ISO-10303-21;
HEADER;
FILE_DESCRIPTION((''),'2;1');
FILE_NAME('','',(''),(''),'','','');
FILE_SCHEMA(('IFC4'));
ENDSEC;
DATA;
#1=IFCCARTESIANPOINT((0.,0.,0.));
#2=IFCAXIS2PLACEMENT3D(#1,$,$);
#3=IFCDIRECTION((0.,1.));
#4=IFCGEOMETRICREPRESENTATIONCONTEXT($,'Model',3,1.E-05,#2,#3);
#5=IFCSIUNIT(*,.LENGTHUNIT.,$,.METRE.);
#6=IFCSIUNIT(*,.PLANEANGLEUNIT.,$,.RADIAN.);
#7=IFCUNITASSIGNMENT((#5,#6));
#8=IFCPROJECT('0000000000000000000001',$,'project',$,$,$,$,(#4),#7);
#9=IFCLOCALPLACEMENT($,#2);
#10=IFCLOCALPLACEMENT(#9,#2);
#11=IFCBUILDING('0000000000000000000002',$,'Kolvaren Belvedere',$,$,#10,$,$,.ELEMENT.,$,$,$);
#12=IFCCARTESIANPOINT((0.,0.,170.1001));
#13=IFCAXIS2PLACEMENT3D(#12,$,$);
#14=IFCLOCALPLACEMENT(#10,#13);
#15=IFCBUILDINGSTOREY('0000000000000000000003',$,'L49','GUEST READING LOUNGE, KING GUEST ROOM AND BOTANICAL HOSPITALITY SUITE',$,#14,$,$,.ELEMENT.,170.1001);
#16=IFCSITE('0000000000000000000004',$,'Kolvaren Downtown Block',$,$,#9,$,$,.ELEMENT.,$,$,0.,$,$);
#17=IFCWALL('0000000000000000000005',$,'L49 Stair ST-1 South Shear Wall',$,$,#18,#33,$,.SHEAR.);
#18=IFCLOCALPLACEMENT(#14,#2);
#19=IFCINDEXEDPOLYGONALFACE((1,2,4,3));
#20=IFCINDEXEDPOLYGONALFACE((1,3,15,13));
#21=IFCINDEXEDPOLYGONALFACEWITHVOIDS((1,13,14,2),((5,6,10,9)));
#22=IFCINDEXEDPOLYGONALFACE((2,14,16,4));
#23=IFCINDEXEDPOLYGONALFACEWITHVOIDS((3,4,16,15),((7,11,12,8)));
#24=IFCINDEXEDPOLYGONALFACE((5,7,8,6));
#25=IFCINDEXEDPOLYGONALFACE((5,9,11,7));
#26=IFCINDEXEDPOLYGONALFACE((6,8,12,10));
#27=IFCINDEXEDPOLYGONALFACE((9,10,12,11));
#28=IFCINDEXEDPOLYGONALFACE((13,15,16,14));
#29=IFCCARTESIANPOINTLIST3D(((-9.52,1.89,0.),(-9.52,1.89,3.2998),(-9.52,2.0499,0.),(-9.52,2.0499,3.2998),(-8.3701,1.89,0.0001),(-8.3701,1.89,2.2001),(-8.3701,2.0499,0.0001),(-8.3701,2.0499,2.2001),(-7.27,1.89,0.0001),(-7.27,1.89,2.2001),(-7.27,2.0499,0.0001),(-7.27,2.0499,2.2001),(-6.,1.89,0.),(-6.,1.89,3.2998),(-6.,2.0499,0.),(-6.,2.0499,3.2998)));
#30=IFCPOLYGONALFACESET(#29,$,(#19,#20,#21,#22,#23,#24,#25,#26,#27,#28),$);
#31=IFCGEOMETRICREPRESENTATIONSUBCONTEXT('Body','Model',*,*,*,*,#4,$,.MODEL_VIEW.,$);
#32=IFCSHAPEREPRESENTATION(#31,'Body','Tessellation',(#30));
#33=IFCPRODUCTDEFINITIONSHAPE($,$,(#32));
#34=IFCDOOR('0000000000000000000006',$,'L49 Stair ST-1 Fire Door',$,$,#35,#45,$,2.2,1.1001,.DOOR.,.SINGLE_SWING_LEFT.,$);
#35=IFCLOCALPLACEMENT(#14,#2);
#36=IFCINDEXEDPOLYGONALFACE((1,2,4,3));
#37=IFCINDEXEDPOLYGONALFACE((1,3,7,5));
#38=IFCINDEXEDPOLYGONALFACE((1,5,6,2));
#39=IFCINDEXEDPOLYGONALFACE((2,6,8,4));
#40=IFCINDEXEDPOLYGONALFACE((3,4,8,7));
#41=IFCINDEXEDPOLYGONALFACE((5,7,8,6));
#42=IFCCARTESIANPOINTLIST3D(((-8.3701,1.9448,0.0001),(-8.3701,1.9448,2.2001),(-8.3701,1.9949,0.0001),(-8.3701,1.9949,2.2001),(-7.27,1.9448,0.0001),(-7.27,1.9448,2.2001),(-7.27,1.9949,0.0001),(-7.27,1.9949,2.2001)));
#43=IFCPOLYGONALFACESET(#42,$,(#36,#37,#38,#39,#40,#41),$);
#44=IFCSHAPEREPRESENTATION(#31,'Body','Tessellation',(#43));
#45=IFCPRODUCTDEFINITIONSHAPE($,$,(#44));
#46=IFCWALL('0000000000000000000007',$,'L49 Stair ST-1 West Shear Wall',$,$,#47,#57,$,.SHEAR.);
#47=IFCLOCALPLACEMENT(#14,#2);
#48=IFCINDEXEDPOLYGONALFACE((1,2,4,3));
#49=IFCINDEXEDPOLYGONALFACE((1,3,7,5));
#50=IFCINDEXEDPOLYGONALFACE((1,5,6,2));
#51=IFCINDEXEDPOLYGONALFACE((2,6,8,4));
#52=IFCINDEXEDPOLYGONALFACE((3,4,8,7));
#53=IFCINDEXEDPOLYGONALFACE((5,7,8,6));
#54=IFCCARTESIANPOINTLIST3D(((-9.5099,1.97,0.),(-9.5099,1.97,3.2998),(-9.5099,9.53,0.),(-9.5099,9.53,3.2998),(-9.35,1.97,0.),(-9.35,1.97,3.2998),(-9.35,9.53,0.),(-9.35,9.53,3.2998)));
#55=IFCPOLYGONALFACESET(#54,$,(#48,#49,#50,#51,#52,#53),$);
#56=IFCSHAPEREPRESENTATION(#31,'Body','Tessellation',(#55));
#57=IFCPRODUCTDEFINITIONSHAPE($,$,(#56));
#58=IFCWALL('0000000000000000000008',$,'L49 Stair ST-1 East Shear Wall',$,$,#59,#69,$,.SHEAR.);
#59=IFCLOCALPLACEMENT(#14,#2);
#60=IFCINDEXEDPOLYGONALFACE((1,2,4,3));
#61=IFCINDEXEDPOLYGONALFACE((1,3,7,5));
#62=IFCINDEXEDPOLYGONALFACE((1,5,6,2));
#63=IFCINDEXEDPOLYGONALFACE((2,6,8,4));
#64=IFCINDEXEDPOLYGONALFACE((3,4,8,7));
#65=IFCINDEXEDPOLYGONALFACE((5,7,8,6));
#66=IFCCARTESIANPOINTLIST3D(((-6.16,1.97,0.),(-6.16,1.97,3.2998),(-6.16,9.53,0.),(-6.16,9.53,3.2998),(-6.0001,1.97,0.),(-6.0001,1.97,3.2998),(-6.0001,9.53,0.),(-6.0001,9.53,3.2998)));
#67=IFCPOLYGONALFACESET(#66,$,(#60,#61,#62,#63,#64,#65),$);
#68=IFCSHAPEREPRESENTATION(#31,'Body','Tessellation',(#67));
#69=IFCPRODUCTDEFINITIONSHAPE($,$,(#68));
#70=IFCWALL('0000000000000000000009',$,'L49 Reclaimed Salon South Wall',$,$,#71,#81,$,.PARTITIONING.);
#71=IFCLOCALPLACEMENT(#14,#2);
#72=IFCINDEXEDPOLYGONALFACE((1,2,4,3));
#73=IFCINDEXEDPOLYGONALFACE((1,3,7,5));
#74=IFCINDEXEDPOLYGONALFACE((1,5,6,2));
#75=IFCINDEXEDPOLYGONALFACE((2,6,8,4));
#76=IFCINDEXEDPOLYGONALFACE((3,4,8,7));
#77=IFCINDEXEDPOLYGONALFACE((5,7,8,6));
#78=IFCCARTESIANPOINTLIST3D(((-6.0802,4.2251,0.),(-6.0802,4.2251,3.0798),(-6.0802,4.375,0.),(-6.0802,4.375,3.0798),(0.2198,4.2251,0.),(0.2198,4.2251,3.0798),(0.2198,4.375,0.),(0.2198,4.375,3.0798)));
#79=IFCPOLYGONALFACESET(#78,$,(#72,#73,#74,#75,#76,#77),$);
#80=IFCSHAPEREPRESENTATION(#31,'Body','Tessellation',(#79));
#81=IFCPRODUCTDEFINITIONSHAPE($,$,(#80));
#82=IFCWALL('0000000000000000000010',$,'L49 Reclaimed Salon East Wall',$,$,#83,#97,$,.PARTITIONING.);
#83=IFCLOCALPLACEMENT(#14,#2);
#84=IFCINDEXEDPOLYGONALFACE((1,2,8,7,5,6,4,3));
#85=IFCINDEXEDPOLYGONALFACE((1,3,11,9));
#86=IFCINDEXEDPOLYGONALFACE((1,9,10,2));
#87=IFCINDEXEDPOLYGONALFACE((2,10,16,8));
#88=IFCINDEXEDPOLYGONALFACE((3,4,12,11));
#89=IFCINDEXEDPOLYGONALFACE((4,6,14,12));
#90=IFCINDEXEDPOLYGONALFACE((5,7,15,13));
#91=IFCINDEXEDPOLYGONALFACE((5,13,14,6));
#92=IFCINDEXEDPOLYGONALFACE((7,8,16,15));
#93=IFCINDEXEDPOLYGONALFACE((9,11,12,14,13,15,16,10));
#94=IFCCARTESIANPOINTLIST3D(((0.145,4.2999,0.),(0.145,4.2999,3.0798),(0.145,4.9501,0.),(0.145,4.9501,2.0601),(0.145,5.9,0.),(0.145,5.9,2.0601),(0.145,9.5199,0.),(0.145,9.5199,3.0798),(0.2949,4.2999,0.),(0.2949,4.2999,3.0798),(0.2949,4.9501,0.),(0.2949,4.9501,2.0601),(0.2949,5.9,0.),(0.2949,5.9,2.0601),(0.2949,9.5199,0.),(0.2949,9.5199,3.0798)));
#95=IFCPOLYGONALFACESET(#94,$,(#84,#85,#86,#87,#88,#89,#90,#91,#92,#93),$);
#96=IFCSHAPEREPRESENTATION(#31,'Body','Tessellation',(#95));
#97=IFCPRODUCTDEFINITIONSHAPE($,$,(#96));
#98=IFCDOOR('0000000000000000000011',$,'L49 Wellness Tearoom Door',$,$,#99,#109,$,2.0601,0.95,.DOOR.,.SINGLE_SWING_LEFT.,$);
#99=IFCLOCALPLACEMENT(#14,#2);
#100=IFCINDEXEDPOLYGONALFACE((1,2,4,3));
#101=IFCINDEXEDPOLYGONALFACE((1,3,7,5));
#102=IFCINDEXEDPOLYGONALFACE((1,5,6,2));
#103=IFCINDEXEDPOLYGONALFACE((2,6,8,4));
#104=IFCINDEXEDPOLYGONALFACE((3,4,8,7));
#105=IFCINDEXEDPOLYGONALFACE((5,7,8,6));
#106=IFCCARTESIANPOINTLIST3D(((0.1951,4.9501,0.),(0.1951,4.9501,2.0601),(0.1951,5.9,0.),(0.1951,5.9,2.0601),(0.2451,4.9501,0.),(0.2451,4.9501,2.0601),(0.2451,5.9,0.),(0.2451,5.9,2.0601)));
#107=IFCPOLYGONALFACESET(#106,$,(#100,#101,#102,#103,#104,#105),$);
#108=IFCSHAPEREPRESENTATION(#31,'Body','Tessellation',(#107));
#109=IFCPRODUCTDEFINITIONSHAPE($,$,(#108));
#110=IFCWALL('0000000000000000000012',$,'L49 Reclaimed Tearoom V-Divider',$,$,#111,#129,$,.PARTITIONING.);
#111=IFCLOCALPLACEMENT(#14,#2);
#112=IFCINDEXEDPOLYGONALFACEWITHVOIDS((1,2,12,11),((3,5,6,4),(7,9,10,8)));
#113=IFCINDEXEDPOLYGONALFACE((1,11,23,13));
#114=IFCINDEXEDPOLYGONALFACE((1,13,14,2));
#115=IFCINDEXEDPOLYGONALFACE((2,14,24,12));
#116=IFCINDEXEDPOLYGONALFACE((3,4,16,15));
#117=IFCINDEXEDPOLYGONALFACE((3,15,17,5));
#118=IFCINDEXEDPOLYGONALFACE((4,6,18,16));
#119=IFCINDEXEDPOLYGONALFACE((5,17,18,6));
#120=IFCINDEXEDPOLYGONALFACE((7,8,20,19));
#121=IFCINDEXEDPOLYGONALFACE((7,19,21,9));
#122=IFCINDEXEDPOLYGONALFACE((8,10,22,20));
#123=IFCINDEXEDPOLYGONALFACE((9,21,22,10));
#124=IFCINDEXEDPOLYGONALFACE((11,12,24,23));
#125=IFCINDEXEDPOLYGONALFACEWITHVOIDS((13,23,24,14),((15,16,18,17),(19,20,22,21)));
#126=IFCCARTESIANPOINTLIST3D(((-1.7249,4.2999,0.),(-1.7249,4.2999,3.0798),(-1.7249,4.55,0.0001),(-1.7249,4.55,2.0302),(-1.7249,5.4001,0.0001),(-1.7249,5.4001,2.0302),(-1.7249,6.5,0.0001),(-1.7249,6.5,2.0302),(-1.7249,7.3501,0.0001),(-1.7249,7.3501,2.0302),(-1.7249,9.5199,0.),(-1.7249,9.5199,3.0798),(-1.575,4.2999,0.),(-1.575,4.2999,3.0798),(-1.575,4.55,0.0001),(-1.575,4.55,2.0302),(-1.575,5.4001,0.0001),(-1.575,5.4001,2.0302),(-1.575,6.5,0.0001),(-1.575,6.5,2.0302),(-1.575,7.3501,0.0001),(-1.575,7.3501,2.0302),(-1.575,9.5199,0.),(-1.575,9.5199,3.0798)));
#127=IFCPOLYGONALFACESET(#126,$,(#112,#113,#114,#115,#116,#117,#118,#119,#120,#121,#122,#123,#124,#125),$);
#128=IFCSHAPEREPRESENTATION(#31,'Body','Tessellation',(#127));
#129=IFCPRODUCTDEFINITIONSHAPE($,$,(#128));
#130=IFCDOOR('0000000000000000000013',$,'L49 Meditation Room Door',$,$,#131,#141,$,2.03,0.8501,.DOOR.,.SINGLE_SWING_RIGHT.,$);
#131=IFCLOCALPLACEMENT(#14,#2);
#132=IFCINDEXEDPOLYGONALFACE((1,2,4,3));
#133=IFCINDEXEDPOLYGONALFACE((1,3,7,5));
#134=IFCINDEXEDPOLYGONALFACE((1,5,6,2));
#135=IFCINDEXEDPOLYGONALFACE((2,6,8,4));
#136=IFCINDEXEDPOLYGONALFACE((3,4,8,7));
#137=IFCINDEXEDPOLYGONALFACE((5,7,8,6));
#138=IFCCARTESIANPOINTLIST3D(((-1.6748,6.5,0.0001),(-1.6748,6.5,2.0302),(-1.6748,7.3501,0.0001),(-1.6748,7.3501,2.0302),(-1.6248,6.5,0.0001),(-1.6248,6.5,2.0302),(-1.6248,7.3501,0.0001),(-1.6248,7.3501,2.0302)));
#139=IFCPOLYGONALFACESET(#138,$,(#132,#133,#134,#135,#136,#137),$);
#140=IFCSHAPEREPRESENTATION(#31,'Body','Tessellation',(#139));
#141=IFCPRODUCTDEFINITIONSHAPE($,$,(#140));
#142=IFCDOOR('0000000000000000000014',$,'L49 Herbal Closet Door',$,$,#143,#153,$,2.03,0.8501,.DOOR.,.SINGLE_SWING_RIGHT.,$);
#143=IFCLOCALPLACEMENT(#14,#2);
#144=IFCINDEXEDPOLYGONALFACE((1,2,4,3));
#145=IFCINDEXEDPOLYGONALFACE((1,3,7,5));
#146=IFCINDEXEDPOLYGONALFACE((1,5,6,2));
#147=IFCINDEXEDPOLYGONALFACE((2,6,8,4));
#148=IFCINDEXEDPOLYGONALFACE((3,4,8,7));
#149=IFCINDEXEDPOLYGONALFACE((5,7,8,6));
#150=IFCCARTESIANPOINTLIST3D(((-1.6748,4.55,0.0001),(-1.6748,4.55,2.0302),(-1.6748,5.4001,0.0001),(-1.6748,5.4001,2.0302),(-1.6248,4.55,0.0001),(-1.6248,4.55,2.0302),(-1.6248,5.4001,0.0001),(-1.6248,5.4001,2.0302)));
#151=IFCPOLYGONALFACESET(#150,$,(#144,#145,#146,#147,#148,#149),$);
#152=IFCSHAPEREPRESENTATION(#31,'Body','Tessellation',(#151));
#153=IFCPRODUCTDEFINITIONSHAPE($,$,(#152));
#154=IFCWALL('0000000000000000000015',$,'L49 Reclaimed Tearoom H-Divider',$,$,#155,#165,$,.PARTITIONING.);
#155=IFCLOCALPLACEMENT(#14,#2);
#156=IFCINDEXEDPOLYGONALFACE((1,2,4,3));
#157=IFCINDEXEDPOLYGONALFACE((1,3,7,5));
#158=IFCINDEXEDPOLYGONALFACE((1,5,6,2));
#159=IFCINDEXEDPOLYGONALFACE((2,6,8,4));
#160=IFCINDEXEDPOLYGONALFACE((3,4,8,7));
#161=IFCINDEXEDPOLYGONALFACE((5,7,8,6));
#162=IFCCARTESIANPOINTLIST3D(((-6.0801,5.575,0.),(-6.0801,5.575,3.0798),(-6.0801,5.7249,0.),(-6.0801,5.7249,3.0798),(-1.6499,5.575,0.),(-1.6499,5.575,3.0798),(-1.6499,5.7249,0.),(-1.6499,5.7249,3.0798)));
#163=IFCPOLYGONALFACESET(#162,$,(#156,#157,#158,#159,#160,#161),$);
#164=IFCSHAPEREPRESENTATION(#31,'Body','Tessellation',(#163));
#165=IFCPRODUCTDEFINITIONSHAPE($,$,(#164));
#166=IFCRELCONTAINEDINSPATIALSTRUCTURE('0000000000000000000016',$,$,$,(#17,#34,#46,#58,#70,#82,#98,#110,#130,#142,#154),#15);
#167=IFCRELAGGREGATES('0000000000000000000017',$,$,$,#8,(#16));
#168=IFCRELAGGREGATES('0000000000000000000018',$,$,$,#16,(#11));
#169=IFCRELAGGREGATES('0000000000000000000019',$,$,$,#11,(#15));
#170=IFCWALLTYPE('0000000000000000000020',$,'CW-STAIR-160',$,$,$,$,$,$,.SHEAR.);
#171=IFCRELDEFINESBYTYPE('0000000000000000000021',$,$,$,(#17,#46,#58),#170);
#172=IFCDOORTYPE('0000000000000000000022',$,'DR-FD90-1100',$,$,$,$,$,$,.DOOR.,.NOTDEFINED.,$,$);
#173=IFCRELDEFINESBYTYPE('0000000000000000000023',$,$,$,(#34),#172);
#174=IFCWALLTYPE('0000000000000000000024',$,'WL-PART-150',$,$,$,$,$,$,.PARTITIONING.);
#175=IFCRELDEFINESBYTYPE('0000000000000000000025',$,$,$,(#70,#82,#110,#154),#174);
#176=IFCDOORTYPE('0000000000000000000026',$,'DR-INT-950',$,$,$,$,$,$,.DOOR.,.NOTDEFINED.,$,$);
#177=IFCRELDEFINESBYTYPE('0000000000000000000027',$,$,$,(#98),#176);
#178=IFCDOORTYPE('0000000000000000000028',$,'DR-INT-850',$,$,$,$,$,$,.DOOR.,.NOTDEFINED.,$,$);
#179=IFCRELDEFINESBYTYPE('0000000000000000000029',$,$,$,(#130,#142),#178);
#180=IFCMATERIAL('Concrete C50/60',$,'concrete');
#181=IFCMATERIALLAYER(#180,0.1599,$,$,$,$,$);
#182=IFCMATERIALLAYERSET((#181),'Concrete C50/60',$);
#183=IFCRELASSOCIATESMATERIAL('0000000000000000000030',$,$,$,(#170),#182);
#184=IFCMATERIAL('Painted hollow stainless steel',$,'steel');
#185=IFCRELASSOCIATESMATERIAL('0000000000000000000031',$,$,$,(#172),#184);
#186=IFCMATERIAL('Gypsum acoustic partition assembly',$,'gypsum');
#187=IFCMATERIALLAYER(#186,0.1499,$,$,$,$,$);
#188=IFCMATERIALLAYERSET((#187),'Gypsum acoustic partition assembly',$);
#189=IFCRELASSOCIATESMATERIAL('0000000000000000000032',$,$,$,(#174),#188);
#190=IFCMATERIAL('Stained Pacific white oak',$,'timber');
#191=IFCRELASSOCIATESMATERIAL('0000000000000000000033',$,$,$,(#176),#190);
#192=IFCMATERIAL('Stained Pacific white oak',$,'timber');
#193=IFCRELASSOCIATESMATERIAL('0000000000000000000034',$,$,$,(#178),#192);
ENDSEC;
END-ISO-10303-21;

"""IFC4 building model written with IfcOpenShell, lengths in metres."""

from ifc_helpers import new_model, si_unit, direction, frame, frame_2d, origin, place, context, subcontext, project, spatial, rectangle, extrude, material, layer, layer_set, type_object, element, fill, save


model = new_model("IFC4")

# Units and contexts
model_context = context("Model", 3, precision=1e-05, world=origin(), true_north=direction((0.0, 1.0)))
body_context = subcontext(model_context, "Body", "Model", "MODEL_VIEW")
ifc_project = project(units=[si_unit("LENGTHUNIT", "METRE"), si_unit("PLANEANGLEUNIT", "RADIAN")], contexts=[model_context])

# Site, building, storey
site_placement = place(None, origin())
site = spatial("IfcSite", under=ifc_project, at=site_placement, Name="Kolvaren Downtown Block", CompositionType="ELEMENT", RefElevation=0.0)
building_placement = place(site_placement, origin())
building = spatial("IfcBuilding", under=site, at=building_placement, Name="Kolvaren Belvedere", CompositionType="ELEMENT")
storey_placement = place(building_placement, frame((0.0, 0.0, 170.1001)))
storey = spatial("IfcBuildingStorey", under=building, at=storey_placement, Name="L49", Description="GUEST READING LOUNGE, KING GUEST ROOM AND BOTANICAL HOSPITALITY SUITE", CompositionType="ELEMENT", Elevation=170.1001)

# Wall, opening, door
ifc_material_1 = material(Name="Concrete C50/60", Category="concrete")
ifc_layer_1 = layer(ifc_material_1, 0.1599)
ifc_layer_set_1 = layer_set([ifc_layer_1], Name="Concrete C50/60")
wall_type_1 = type_object("IfcWallType", Name="CW-STAIR-160", PredefinedType="SHEAR", material=ifc_layer_set_1)
wall_1_placement = place(storey_placement, frame((-9.52, 1.97, 0.0), z_axis=(0.0, 0.0, 1.0), x_axis=(1.0, 0.0, 0.0)))
wall_1 = element("IfcWall", 1, at=wall_1_placement, inside=storey, type_object=wall_type_1, Name="L49 Stair ST-1 South Shear Wall", PredefinedType="SHEAR", context=body_context, shape_type="SweptSolid", body=[
    extrude(rectangle(XDim=3.52, YDim=0.1599, at=frame_2d((1.76, 0.0))), origin(), (0.0, 0.0, 1.0), 3.2998),
])
opening_1_placement = place(wall_1_placement, frame((1.1499, 0.0, 0.0)))
opening_1 = element("IfcOpeningElement", 2, at=opening_1_placement, cuts=wall_1, PredefinedType="OPENING", context=body_context, shape_type="SweptSolid", body=[
    extrude(rectangle(XDim=1.1001, YDim=2.2, at=frame_2d((0.55, 1.1001))), frame((0.0, 0.0898, 0.0), z_axis=(0.0, -1.0, 0.0), x_axis=(1.0, 0.0, 0.0)), (0.0, 0.0, 1.0), 0.1799),
])
ifc_material_2 = material(Name="Painted hollow stainless steel", Category="steel")
door_type_1 = type_object("IfcDoorType", Name="DR-FD90-1100", OperationType="NOTDEFINED", PredefinedType="DOOR", material=ifc_material_2)
door_1_placement = place(opening_1_placement, origin())
door_1 = element("IfcDoor", 3, at=door_1_placement, inside=storey, type_object=door_type_1, Name="L49 Stair ST-1 Fire Door", OperationType="SINGLE_SWING_LEFT", OverallHeight=2.2, OverallWidth=1.1001, PredefinedType="DOOR", context=body_context, shape_type="SweptSolid", body=[
    extrude(rectangle(XDim=1.1001, YDim=2.2, at=frame_2d((0.55, 1.1001))), frame((0.0, 0.0249, 0.0), z_axis=(0.0, -1.0, 0.0), x_axis=(1.0, 0.0, 0.0)), (0.0, 0.0, 1.0), 0.05),
])
fill(opening_1, door_1)

# Walls
for number, where, z_axis, x_axis, name in (
    (4, (-9.4299, 1.97, 0.0), (0.0, 0.0, 1.0), (0.0, 1.0, 0.0), "L49 Stair ST-1 West Shear Wall"),
    (5, (-6.0801, 1.97, 0.0), (0.0, 0.0, 1.0), (0.0, 1.0, 0.0), "L49 Stair ST-1 East Shear Wall"),
):
    element("IfcWall", number, at=place(storey_placement, frame(where, z_axis=z_axis, x_axis=x_axis)), inside=storey, type_object=wall_type_1, Name=name, PredefinedType="SHEAR", context=body_context, shape_type="SweptSolid", body=[
        extrude(rectangle(XDim=7.5601, YDim=0.1599, at=frame_2d((3.78, 0.0))), origin(), (0.0, 0.0, 1.0), 3.2998),
    ])
ifc_material_3 = material(Name="Gypsum acoustic partition assembly", Category="gypsum")
ifc_layer_2 = layer(ifc_material_3, 0.1499)
ifc_layer_set_2 = layer_set([ifc_layer_2], Name="Gypsum acoustic partition assembly")
wall_type_2 = type_object("IfcWallType", Name="WL-PART-150", PredefinedType="PARTITIONING", material=ifc_layer_set_2)
wall_2_placement = place(storey_placement, frame((-6.0801, 4.3, 0.0), z_axis=(0.0, 0.0, 1.0), x_axis=(1.0, 0.0, 0.0)))
element("IfcWall", 6, at=wall_2_placement, inside=storey, type_object=wall_type_2, Name="L49 Reclaimed Salon South Wall", PredefinedType="PARTITIONING", context=body_context, shape_type="SweptSolid", body=[
    extrude(rectangle(XDim=6.3, YDim=0.1499, at=frame_2d((3.1499, 0.0))), origin(), (0.0, 0.0, 1.0), 3.0798),
])

# Wall, opening, door
wall_3_placement = place(storey_placement, frame((0.22, 4.3, 0.0), z_axis=(0.0, 0.0, 1.0), x_axis=(0.0, 1.0, 0.0)))
wall_3 = element("IfcWall", 7, at=wall_3_placement, inside=storey, type_object=wall_type_2, Name="L49 Reclaimed Salon East Wall", PredefinedType="PARTITIONING", context=body_context, shape_type="SweptSolid", body=[
    extrude(rectangle(XDim=5.22, YDim=0.1499, at=frame_2d((2.6099, 0.0))), origin(), (0.0, 0.0, 1.0), 3.0798),
])
opening_2_placement = place(wall_3_placement, frame((0.6499, 0.0, 0.0)))
opening_2 = element("IfcOpeningElement", 8, at=opening_2_placement, cuts=wall_3, PredefinedType="OPENING", context=body_context, shape_type="SweptSolid", body=[
    extrude(rectangle(XDim=0.95, YDim=2.0601, at=frame_2d((0.4751, 1.03))), frame((0.0, 0.085, 0.0), z_axis=(0.0, -1.0, 0.0), x_axis=(1.0, 0.0, 0.0)), (0.0, 0.0, 1.0), 0.1699),
])
ifc_material_4 = material(Name="Stained Pacific white oak", Category="timber")
door_type_2 = type_object("IfcDoorType", Name="DR-INT-950", OperationType="NOTDEFINED", PredefinedType="DOOR", material=ifc_material_4)
door_2_placement = place(opening_2_placement, origin())
door_2 = element("IfcDoor", 9, at=door_2_placement, inside=storey, type_object=door_type_2, Name="L49 Wellness Tearoom Door", OperationType="SINGLE_SWING_LEFT", OverallHeight=2.0601, OverallWidth=0.95, PredefinedType="DOOR", context=body_context, shape_type="SweptSolid", body=[
    extrude(rectangle(XDim=0.95, YDim=2.0601, at=frame_2d((0.4751, 1.03))), frame((0.0, 0.0249, 0.0), z_axis=(0.0, -1.0, 0.0), x_axis=(1.0, 0.0, 0.0)), (0.0, 0.0, 1.0), 0.05),
])
fill(opening_2, door_2)

# Wall, openings, doors
wall_4_placement = place(storey_placement, frame((-1.6499, 4.3, 0.0), z_axis=(0.0, 0.0, 1.0), x_axis=(0.0, 1.0, 0.0)))
wall_4 = element("IfcWall", 10, at=wall_4_placement, inside=storey, type_object=wall_type_2, Name="L49 Reclaimed Tearoom V-Divider", PredefinedType="PARTITIONING", context=body_context, shape_type="SweptSolid", body=[
    extrude(rectangle(XDim=5.22, YDim=0.1499, at=frame_2d((2.6099, 0.0))), origin(), (0.0, 0.0, 1.0), 3.0798),
])
opening_3_placement = place(wall_4_placement, frame((2.2, 0.0, 0.0)))
opening_3 = element("IfcOpeningElement", 11, at=opening_3_placement, cuts=wall_4, PredefinedType="OPENING", context=body_context, shape_type="SweptSolid", body=[
    extrude(rectangle(XDim=0.8501, YDim=2.03, at=frame_2d((0.425, 1.0151))), frame((0.0, 0.085, 0.0), z_axis=(0.0, -1.0, 0.0), x_axis=(1.0, 0.0, 0.0)), (0.0, 0.0, 1.0), 0.1699),
])
opening_4_placement = place(wall_4_placement, frame((0.25, 0.0, 0.0)))
opening_4 = element("IfcOpeningElement", 12, at=opening_4_placement, cuts=wall_4, PredefinedType="OPENING", context=body_context, shape_type="SweptSolid", body=[
    extrude(rectangle(XDim=0.8501, YDim=2.03, at=frame_2d((0.425, 1.0151))), frame((0.0, 0.085, 0.0), z_axis=(0.0, -1.0, 0.0), x_axis=(1.0, 0.0, 0.0)), (0.0, 0.0, 1.0), 0.1699),
])
ifc_material_5 = material(Name="Stained Pacific white oak", Category="timber")
door_type_3 = type_object("IfcDoorType", Name="DR-INT-850", OperationType="NOTDEFINED", PredefinedType="DOOR", material=ifc_material_5)
door_3_placement = place(opening_3_placement, origin())
door_3 = element("IfcDoor", 13, at=door_3_placement, inside=storey, type_object=door_type_3, Name="L49 Meditation Room Door", OperationType="SINGLE_SWING_RIGHT", OverallHeight=2.03, OverallWidth=0.8501, PredefinedType="DOOR", context=body_context, shape_type="SweptSolid", body=[
    extrude(rectangle(XDim=0.8501, YDim=2.03, at=frame_2d((0.425, 1.0151))), frame((0.0, 0.0249, 0.0), z_axis=(0.0, -1.0, 0.0), x_axis=(1.0, 0.0, 0.0)), (0.0, 0.0, 1.0), 0.05),
])
fill(opening_3, door_3)
door_4_placement = place(opening_4_placement, origin())
door_4 = element("IfcDoor", 14, at=door_4_placement, inside=storey, type_object=door_type_3, Name="L49 Herbal Closet Door", OperationType="SINGLE_SWING_RIGHT", OverallHeight=2.03, OverallWidth=0.8501, PredefinedType="DOOR", context=body_context, shape_type="SweptSolid", body=[
    extrude(rectangle(XDim=0.8501, YDim=2.03, at=frame_2d((0.425, 1.0151))), frame((0.0, 0.0249, 0.0), z_axis=(0.0, -1.0, 0.0), x_axis=(1.0, 0.0, 0.0)), (0.0, 0.0, 1.0), 0.05),
])
fill(opening_4, door_4)

# Wall
wall_5_placement = place(storey_placement, frame((-6.0801, 5.6499, 0.0), z_axis=(0.0, 0.0, 1.0), x_axis=(1.0, 0.0, 0.0)))
element("IfcWall", 15, at=wall_5_placement, inside=storey, type_object=wall_type_2, Name="L49 Reclaimed Tearoom H-Divider", PredefinedType="PARTITIONING", context=body_context, shape_type="SweptSolid", body=[
    extrude(rectangle(XDim=4.4302, YDim=0.1499, at=frame_2d((2.2151, 0.0))), origin(), (0.0, 0.0, 1.0), 3.0798),
])

save(model, "model.ifc")
